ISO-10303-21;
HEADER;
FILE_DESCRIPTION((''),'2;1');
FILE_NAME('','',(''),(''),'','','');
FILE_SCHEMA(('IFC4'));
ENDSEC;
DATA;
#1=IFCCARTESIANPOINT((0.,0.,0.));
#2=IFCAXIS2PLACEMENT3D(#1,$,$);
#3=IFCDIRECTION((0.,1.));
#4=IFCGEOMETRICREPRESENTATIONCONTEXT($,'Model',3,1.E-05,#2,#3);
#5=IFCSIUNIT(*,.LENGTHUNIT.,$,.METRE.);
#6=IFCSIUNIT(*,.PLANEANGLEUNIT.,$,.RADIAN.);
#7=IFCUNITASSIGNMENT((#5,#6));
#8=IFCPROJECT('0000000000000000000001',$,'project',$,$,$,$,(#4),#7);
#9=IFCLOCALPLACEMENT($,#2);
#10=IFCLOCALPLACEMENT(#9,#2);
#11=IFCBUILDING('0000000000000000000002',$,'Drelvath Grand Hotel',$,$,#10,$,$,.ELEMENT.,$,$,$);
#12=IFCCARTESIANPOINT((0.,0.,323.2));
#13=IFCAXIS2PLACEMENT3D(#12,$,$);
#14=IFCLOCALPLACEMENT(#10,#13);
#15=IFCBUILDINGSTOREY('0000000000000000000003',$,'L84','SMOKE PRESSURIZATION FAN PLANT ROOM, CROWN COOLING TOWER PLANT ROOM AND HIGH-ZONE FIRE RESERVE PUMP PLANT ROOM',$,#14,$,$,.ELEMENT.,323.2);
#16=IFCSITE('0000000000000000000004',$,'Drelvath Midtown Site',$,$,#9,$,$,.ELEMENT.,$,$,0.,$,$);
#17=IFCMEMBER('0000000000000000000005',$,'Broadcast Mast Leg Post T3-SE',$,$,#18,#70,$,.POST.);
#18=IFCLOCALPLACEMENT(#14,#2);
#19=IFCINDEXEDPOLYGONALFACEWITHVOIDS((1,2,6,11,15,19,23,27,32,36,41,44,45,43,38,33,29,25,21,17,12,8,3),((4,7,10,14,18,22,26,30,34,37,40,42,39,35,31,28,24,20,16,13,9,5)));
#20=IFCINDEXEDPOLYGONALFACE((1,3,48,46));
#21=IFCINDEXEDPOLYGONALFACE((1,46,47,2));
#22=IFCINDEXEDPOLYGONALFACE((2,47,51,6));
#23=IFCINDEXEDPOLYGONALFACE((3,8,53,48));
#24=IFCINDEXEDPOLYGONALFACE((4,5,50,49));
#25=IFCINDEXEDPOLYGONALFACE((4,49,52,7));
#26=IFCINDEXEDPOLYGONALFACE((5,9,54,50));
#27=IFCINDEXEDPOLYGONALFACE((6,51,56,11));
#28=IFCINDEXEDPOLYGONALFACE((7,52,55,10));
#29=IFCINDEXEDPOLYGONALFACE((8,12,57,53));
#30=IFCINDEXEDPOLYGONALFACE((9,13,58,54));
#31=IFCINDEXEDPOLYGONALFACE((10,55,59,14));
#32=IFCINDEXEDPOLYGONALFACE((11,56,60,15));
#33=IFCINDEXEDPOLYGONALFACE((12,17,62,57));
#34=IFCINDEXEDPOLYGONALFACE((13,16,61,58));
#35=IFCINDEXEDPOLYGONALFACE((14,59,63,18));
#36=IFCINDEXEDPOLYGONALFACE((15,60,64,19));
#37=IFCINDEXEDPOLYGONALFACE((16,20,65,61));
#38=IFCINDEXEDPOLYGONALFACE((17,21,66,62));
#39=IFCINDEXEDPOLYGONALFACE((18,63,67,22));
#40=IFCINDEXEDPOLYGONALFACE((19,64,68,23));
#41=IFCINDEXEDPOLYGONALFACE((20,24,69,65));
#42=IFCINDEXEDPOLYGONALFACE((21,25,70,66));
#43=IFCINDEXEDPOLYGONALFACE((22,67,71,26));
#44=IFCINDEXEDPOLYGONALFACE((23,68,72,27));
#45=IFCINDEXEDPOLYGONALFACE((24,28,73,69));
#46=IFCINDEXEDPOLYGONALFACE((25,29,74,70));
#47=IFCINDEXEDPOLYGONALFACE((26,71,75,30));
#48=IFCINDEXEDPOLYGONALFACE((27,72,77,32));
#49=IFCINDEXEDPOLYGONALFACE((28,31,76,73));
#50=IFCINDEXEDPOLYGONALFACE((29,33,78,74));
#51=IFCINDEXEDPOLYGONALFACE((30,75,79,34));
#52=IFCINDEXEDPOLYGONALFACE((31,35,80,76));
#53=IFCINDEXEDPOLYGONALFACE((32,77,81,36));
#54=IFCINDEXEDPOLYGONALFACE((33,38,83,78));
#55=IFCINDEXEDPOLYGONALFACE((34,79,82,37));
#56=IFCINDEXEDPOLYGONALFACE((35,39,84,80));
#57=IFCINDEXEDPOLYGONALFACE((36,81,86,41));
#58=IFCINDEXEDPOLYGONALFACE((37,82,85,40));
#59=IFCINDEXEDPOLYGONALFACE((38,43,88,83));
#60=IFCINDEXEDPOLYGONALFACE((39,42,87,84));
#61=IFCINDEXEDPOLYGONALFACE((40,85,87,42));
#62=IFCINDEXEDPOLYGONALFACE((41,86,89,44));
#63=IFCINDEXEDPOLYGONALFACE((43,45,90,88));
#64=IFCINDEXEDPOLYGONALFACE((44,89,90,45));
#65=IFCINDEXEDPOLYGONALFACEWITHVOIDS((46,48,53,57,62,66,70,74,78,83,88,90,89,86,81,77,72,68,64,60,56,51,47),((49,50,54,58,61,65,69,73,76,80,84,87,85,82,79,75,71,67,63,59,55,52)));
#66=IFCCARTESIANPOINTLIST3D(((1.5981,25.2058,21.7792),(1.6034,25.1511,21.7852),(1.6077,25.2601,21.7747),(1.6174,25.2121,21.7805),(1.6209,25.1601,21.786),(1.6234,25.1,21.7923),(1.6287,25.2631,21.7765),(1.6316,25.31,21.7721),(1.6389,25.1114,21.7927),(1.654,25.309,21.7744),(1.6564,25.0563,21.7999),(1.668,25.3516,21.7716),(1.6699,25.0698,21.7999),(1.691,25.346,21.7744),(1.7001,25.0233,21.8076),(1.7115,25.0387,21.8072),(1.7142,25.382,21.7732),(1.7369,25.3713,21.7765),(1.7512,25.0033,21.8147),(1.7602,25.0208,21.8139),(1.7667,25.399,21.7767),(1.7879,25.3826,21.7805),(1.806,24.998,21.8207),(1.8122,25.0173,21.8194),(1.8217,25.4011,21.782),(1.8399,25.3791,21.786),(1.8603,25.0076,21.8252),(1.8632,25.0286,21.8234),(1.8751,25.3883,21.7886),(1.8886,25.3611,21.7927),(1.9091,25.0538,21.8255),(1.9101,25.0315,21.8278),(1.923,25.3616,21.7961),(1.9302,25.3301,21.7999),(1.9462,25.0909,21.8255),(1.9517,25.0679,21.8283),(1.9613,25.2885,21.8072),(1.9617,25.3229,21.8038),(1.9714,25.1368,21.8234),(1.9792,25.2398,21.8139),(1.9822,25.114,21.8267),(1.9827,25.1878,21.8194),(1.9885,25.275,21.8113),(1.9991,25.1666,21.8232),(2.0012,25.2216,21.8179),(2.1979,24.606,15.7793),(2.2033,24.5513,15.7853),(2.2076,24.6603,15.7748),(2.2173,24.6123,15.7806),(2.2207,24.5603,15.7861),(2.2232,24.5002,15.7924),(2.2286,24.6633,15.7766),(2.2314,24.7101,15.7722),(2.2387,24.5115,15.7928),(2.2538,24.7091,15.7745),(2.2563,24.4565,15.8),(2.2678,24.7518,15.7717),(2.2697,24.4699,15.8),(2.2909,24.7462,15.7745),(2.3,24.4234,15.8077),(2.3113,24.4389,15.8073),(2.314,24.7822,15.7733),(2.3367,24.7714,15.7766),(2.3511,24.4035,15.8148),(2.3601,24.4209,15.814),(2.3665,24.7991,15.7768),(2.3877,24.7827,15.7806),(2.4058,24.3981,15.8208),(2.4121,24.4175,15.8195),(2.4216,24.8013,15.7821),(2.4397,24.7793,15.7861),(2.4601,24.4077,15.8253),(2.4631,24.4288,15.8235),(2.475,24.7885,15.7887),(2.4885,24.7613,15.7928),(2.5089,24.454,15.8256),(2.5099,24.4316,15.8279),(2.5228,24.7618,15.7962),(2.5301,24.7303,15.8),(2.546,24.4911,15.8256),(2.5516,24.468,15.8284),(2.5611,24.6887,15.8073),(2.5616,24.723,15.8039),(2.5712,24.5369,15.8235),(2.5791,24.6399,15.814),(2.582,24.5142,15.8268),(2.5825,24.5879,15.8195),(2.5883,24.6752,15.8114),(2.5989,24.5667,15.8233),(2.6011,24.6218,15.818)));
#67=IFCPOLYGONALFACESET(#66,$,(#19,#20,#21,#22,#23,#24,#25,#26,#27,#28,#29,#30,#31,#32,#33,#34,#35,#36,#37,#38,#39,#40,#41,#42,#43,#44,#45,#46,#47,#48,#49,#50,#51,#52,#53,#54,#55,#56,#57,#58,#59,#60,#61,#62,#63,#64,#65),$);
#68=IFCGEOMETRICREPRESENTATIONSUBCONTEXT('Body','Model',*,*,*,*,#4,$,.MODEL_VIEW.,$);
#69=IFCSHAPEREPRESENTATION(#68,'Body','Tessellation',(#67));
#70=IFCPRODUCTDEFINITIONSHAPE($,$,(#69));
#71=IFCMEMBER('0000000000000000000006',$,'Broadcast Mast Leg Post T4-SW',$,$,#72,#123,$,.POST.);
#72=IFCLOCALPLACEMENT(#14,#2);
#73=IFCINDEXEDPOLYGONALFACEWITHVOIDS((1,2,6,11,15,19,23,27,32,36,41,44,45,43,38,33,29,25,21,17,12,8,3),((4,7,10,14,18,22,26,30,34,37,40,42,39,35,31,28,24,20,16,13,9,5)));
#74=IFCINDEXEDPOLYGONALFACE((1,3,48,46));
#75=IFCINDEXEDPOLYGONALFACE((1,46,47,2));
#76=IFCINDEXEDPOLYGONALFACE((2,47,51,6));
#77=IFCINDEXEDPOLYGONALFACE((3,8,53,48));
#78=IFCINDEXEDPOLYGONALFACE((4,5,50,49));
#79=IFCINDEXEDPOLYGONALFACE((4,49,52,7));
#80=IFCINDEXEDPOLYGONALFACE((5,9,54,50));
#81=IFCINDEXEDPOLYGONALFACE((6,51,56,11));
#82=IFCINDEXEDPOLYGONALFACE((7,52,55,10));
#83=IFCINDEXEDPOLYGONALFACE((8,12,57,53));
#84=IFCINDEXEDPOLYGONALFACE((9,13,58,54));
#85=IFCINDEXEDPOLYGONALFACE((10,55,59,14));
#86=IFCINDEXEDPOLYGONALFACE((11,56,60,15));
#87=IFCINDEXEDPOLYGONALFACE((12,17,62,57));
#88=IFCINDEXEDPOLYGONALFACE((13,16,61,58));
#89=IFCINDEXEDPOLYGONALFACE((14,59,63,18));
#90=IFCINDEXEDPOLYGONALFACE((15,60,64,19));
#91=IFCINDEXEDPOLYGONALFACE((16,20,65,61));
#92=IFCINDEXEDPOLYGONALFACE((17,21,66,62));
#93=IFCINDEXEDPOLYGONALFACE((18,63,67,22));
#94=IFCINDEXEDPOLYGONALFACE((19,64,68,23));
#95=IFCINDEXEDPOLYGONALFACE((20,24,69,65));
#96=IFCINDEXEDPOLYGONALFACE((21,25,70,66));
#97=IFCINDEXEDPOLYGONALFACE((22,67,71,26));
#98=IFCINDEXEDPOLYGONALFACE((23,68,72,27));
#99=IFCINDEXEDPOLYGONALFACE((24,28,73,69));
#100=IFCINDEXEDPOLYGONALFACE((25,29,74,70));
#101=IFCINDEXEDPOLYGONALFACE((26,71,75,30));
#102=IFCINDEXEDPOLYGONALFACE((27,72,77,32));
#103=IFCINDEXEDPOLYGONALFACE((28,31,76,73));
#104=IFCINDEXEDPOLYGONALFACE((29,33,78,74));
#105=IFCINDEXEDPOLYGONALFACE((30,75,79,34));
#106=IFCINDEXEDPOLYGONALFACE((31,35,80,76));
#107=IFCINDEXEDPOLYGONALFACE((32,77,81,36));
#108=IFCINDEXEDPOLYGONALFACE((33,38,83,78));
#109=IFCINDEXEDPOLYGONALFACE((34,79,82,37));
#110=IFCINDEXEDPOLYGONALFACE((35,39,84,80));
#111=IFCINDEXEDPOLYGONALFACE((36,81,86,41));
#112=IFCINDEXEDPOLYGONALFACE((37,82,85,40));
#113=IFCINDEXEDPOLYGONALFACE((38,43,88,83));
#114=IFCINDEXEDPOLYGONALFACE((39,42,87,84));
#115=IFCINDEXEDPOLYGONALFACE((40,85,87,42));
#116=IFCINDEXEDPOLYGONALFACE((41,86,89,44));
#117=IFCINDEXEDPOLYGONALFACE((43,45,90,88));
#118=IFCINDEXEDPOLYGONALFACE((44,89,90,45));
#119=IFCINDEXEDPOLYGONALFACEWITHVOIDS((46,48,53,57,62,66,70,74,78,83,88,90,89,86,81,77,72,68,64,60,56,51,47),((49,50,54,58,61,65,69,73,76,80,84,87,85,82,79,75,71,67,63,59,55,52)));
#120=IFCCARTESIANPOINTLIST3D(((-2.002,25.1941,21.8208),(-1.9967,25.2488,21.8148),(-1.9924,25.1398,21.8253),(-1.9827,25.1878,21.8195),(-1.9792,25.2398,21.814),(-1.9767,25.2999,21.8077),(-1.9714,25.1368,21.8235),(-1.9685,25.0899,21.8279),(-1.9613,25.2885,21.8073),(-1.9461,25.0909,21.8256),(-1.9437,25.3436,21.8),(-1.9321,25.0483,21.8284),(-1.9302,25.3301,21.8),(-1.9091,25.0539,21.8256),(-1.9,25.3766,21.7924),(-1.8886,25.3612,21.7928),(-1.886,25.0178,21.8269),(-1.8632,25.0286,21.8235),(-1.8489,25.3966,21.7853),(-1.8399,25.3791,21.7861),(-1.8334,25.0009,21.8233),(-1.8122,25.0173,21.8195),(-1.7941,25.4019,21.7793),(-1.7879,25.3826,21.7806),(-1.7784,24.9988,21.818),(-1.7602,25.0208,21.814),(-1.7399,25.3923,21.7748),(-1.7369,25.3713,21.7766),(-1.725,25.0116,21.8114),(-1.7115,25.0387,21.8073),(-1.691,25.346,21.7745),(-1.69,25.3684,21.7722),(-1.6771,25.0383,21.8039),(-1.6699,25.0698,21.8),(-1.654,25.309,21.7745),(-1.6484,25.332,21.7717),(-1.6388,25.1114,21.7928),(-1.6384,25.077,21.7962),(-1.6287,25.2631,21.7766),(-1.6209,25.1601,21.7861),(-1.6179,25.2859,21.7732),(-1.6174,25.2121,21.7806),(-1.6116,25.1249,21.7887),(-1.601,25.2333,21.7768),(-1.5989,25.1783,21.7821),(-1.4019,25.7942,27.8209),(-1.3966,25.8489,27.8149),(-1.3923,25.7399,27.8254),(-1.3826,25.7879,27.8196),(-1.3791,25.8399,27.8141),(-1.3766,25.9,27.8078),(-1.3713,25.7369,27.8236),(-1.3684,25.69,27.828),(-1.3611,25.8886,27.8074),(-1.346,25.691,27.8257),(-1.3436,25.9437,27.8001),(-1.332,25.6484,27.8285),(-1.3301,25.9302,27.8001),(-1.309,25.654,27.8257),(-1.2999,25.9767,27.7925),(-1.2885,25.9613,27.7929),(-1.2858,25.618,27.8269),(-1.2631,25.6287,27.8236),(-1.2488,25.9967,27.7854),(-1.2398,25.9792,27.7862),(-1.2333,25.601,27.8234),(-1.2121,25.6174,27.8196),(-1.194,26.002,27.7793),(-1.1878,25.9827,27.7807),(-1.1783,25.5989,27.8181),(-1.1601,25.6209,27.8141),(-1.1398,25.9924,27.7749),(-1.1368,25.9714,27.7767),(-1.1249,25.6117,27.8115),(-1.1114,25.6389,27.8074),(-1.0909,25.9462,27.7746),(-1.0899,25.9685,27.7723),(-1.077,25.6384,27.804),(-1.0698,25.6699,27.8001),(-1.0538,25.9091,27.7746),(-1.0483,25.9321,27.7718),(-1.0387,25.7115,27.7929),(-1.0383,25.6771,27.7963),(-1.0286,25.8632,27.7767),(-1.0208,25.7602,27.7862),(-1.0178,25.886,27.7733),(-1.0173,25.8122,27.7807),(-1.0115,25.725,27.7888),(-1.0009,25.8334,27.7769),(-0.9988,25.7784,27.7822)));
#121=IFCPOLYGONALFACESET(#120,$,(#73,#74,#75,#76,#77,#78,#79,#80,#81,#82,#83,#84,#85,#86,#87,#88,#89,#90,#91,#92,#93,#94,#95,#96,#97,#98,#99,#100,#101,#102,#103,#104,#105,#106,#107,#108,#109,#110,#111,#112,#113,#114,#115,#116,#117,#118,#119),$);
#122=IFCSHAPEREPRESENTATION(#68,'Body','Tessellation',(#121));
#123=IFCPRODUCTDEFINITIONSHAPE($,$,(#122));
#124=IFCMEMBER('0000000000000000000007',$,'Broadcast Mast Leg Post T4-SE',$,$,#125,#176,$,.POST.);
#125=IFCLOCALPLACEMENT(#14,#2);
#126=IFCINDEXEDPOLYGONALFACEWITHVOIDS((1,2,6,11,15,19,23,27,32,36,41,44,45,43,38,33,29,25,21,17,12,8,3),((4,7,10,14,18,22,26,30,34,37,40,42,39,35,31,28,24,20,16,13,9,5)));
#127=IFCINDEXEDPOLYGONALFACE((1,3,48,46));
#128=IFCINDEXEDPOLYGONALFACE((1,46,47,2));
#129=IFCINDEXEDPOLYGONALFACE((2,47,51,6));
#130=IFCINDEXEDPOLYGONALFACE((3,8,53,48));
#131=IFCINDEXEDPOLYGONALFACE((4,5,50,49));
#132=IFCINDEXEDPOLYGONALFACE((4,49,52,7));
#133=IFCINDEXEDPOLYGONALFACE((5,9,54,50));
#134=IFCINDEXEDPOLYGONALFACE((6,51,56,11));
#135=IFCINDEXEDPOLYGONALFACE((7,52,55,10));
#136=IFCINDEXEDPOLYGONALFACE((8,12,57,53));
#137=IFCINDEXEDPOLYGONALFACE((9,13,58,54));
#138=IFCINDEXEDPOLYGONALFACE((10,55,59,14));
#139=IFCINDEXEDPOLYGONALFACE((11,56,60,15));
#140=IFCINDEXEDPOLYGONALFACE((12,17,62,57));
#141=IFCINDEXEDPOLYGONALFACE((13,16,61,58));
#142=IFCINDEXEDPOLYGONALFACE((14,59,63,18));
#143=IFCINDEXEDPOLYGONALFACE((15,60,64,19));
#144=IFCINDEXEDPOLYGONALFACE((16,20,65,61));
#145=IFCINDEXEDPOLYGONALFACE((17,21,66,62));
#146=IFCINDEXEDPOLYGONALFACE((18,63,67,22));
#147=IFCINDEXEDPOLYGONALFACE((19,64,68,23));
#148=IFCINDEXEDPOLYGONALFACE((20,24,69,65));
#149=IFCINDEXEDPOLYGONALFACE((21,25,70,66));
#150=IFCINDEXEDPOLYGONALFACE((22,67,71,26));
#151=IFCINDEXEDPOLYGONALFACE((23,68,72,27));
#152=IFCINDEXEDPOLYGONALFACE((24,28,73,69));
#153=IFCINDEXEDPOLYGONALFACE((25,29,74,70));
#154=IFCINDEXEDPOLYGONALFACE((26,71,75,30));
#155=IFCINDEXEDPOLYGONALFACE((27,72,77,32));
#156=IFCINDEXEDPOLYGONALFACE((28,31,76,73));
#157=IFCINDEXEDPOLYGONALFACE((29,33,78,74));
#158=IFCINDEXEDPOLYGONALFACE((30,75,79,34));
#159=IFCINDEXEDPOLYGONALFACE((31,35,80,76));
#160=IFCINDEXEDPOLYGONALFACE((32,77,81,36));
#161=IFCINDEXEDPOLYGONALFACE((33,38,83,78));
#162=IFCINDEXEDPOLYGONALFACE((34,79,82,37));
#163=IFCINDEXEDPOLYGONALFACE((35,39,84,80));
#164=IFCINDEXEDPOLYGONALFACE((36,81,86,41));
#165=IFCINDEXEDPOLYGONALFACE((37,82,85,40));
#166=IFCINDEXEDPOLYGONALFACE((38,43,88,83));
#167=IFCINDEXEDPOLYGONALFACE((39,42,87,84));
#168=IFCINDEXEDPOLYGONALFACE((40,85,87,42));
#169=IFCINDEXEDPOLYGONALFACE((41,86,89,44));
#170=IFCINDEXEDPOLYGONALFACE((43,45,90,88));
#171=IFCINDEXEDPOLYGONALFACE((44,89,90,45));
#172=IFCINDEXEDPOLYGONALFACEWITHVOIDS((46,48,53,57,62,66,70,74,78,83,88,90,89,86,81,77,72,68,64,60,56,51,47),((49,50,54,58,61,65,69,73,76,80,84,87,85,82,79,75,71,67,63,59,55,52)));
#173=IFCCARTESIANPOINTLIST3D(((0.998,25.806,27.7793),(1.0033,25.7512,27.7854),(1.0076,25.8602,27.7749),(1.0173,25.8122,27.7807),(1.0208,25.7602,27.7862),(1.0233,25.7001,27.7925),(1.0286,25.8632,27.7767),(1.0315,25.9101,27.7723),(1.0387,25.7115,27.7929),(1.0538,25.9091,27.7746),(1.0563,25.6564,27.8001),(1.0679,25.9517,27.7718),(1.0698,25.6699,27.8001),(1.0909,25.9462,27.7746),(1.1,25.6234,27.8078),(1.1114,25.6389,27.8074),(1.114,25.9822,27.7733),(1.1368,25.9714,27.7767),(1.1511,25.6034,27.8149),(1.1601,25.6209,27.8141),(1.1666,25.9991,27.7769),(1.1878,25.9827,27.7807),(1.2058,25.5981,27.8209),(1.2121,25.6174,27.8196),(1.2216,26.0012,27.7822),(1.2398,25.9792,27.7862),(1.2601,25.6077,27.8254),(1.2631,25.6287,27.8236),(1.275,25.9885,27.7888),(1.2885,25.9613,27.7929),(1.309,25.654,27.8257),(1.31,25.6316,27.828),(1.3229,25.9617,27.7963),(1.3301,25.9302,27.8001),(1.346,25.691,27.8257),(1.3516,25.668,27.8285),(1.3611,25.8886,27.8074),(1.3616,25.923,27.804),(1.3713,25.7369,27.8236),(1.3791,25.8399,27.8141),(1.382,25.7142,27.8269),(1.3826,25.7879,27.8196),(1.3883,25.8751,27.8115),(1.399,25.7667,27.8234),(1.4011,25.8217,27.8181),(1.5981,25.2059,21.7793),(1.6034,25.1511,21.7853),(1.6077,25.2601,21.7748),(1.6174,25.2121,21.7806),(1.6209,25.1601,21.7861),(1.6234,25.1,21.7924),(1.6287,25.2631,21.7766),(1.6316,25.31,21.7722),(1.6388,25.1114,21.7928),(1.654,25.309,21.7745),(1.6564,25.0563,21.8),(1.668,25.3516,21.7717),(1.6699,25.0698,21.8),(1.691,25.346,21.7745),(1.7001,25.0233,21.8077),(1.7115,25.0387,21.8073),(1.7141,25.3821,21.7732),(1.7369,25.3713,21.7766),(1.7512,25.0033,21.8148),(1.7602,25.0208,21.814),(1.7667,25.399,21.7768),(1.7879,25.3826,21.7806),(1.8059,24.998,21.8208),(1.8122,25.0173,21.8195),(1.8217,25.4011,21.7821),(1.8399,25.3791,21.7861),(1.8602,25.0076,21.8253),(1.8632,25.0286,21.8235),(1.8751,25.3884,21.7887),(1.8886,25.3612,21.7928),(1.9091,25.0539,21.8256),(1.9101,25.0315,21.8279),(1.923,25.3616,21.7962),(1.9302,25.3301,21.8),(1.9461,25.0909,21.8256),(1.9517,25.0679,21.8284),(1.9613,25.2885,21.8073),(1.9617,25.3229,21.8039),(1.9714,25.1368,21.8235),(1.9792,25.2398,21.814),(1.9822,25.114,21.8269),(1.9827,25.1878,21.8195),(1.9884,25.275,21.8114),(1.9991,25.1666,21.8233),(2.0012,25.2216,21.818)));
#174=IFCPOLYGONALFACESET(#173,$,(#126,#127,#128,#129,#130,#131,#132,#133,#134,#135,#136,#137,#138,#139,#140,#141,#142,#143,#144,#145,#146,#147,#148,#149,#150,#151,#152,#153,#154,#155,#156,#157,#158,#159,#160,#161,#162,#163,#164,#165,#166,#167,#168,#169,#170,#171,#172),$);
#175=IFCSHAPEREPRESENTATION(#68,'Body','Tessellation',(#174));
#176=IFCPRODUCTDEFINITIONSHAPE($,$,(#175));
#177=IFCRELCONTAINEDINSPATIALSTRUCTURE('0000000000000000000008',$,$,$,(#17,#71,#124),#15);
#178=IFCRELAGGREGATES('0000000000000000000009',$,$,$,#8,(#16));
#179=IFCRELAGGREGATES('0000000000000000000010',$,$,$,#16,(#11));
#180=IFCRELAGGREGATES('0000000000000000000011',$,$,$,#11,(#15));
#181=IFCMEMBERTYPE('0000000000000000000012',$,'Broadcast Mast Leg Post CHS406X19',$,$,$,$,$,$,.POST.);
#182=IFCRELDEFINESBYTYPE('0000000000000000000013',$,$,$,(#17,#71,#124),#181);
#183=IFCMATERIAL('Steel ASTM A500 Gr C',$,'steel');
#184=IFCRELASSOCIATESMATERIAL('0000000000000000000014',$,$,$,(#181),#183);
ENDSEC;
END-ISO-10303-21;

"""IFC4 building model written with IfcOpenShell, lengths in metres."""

from ifc_helpers import new_model, si_unit, direction, frame, origin, origin_2d, place, context, subcontext, project, spatial, hollow_circle, extrude, material, material_profile, profile_set, type_object, element, save


model = new_model("IFC4")

# Units and contexts
model_context = context("Model", 3, precision=1e-05, world=origin(), true_north=direction((0.0, 1.0)))
body_context = subcontext(model_context, "Body", "Model", "MODEL_VIEW")
ifc_project = project(units=[si_unit("LENGTHUNIT", "METRE"), si_unit("PLANEANGLEUNIT", "RADIAN")], contexts=[model_context])

# Site, building, storey
site_placement = place(None, origin())
site = spatial("IfcSite", under=ifc_project, at=site_placement, Name="Drelvath Midtown Site", CompositionType="ELEMENT", RefElevation=0.0)
building_placement = place(site_placement, origin())
building = spatial("IfcBuilding", under=site, at=building_placement, Name="Drelvath Grand Hotel", CompositionType="ELEMENT")
storey_placement = place(building_placement, frame((0.0, 0.0, 323.2)))
storey = spatial("IfcBuildingStorey", under=building, at=storey_placement, Name="L84", Description="SMOKE PRESSURIZATION FAN PLANT ROOM, CROWN COOLING TOWER PLANT ROOM AND HIGH-ZONE FIRE RESERVE PUMP PLANT ROOM", CompositionType="ELEMENT", Elevation=323.2)

# Members
ifc_material_1 = material(Name="Steel ASTM A500 Gr C", Category="steel")
ifc_material_profile_1 = material_profile(ifc_material_1, hollow_circle(Radius=0.2031, WallThickness=0.019, at=origin_2d()), Name="CHS406X19")
ifc_profile_set_1 = profile_set([ifc_material_profile_1], Name="Steel ASTM A500 Gr C")
member_type_1 = type_object("IfcMemberType", Name="Broadcast Mast Leg Post CHS406X19", PredefinedType="POST", material=ifc_profile_set_1)
for number, where, z_axis, x_axis, name in (
    (1, (2.3999, 24.6001, 15.8), (-0.098991, 0.098991, 0.990152), (-0.707107, -0.707107, 0.0), "Broadcast Mast Leg Post T3-SE"),
):
    element("IfcMember", number, at=place(storey_placement, frame(where, z_axis=z_axis, x_axis=x_axis)), inside=storey, type_object=member_type_1, Name=name, PredefinedType="POST", context=body_context, shape_type="SweptSolid", body=[
        extrude(hollow_circle(Radius=0.2031, WallThickness=0.019, at=origin_2d()), origin(), (0.0, 0.0, 1.0), 6.0596),
    ])
for number, where, z_axis, x_axis, name in (
    (2, (-1.8, 25.2, 21.8), (0.099031, 0.099031, 0.990144), (-0.707107, 0.707107, 0.0), "Broadcast Mast Leg Post T4-SW"),
    (3, (1.8, 25.2, 21.8), (-0.099031, 0.099031, 0.990144), (-0.707107, -0.707107, 0.0), "Broadcast Mast Leg Post T4-SE"),
):
    element("IfcMember", number, at=place(storey_placement, frame(where, z_axis=z_axis, x_axis=x_axis)), inside=storey, type_object=member_type_1, Name=name, PredefinedType="POST", context=body_context, shape_type="SweptSolid", body=[
        extrude(hollow_circle(Radius=0.2031, WallThickness=0.019, at=origin_2d()), origin(), (0.0, 0.0, 1.0), 6.0598),
    ])

save(model, "model.ifc")
